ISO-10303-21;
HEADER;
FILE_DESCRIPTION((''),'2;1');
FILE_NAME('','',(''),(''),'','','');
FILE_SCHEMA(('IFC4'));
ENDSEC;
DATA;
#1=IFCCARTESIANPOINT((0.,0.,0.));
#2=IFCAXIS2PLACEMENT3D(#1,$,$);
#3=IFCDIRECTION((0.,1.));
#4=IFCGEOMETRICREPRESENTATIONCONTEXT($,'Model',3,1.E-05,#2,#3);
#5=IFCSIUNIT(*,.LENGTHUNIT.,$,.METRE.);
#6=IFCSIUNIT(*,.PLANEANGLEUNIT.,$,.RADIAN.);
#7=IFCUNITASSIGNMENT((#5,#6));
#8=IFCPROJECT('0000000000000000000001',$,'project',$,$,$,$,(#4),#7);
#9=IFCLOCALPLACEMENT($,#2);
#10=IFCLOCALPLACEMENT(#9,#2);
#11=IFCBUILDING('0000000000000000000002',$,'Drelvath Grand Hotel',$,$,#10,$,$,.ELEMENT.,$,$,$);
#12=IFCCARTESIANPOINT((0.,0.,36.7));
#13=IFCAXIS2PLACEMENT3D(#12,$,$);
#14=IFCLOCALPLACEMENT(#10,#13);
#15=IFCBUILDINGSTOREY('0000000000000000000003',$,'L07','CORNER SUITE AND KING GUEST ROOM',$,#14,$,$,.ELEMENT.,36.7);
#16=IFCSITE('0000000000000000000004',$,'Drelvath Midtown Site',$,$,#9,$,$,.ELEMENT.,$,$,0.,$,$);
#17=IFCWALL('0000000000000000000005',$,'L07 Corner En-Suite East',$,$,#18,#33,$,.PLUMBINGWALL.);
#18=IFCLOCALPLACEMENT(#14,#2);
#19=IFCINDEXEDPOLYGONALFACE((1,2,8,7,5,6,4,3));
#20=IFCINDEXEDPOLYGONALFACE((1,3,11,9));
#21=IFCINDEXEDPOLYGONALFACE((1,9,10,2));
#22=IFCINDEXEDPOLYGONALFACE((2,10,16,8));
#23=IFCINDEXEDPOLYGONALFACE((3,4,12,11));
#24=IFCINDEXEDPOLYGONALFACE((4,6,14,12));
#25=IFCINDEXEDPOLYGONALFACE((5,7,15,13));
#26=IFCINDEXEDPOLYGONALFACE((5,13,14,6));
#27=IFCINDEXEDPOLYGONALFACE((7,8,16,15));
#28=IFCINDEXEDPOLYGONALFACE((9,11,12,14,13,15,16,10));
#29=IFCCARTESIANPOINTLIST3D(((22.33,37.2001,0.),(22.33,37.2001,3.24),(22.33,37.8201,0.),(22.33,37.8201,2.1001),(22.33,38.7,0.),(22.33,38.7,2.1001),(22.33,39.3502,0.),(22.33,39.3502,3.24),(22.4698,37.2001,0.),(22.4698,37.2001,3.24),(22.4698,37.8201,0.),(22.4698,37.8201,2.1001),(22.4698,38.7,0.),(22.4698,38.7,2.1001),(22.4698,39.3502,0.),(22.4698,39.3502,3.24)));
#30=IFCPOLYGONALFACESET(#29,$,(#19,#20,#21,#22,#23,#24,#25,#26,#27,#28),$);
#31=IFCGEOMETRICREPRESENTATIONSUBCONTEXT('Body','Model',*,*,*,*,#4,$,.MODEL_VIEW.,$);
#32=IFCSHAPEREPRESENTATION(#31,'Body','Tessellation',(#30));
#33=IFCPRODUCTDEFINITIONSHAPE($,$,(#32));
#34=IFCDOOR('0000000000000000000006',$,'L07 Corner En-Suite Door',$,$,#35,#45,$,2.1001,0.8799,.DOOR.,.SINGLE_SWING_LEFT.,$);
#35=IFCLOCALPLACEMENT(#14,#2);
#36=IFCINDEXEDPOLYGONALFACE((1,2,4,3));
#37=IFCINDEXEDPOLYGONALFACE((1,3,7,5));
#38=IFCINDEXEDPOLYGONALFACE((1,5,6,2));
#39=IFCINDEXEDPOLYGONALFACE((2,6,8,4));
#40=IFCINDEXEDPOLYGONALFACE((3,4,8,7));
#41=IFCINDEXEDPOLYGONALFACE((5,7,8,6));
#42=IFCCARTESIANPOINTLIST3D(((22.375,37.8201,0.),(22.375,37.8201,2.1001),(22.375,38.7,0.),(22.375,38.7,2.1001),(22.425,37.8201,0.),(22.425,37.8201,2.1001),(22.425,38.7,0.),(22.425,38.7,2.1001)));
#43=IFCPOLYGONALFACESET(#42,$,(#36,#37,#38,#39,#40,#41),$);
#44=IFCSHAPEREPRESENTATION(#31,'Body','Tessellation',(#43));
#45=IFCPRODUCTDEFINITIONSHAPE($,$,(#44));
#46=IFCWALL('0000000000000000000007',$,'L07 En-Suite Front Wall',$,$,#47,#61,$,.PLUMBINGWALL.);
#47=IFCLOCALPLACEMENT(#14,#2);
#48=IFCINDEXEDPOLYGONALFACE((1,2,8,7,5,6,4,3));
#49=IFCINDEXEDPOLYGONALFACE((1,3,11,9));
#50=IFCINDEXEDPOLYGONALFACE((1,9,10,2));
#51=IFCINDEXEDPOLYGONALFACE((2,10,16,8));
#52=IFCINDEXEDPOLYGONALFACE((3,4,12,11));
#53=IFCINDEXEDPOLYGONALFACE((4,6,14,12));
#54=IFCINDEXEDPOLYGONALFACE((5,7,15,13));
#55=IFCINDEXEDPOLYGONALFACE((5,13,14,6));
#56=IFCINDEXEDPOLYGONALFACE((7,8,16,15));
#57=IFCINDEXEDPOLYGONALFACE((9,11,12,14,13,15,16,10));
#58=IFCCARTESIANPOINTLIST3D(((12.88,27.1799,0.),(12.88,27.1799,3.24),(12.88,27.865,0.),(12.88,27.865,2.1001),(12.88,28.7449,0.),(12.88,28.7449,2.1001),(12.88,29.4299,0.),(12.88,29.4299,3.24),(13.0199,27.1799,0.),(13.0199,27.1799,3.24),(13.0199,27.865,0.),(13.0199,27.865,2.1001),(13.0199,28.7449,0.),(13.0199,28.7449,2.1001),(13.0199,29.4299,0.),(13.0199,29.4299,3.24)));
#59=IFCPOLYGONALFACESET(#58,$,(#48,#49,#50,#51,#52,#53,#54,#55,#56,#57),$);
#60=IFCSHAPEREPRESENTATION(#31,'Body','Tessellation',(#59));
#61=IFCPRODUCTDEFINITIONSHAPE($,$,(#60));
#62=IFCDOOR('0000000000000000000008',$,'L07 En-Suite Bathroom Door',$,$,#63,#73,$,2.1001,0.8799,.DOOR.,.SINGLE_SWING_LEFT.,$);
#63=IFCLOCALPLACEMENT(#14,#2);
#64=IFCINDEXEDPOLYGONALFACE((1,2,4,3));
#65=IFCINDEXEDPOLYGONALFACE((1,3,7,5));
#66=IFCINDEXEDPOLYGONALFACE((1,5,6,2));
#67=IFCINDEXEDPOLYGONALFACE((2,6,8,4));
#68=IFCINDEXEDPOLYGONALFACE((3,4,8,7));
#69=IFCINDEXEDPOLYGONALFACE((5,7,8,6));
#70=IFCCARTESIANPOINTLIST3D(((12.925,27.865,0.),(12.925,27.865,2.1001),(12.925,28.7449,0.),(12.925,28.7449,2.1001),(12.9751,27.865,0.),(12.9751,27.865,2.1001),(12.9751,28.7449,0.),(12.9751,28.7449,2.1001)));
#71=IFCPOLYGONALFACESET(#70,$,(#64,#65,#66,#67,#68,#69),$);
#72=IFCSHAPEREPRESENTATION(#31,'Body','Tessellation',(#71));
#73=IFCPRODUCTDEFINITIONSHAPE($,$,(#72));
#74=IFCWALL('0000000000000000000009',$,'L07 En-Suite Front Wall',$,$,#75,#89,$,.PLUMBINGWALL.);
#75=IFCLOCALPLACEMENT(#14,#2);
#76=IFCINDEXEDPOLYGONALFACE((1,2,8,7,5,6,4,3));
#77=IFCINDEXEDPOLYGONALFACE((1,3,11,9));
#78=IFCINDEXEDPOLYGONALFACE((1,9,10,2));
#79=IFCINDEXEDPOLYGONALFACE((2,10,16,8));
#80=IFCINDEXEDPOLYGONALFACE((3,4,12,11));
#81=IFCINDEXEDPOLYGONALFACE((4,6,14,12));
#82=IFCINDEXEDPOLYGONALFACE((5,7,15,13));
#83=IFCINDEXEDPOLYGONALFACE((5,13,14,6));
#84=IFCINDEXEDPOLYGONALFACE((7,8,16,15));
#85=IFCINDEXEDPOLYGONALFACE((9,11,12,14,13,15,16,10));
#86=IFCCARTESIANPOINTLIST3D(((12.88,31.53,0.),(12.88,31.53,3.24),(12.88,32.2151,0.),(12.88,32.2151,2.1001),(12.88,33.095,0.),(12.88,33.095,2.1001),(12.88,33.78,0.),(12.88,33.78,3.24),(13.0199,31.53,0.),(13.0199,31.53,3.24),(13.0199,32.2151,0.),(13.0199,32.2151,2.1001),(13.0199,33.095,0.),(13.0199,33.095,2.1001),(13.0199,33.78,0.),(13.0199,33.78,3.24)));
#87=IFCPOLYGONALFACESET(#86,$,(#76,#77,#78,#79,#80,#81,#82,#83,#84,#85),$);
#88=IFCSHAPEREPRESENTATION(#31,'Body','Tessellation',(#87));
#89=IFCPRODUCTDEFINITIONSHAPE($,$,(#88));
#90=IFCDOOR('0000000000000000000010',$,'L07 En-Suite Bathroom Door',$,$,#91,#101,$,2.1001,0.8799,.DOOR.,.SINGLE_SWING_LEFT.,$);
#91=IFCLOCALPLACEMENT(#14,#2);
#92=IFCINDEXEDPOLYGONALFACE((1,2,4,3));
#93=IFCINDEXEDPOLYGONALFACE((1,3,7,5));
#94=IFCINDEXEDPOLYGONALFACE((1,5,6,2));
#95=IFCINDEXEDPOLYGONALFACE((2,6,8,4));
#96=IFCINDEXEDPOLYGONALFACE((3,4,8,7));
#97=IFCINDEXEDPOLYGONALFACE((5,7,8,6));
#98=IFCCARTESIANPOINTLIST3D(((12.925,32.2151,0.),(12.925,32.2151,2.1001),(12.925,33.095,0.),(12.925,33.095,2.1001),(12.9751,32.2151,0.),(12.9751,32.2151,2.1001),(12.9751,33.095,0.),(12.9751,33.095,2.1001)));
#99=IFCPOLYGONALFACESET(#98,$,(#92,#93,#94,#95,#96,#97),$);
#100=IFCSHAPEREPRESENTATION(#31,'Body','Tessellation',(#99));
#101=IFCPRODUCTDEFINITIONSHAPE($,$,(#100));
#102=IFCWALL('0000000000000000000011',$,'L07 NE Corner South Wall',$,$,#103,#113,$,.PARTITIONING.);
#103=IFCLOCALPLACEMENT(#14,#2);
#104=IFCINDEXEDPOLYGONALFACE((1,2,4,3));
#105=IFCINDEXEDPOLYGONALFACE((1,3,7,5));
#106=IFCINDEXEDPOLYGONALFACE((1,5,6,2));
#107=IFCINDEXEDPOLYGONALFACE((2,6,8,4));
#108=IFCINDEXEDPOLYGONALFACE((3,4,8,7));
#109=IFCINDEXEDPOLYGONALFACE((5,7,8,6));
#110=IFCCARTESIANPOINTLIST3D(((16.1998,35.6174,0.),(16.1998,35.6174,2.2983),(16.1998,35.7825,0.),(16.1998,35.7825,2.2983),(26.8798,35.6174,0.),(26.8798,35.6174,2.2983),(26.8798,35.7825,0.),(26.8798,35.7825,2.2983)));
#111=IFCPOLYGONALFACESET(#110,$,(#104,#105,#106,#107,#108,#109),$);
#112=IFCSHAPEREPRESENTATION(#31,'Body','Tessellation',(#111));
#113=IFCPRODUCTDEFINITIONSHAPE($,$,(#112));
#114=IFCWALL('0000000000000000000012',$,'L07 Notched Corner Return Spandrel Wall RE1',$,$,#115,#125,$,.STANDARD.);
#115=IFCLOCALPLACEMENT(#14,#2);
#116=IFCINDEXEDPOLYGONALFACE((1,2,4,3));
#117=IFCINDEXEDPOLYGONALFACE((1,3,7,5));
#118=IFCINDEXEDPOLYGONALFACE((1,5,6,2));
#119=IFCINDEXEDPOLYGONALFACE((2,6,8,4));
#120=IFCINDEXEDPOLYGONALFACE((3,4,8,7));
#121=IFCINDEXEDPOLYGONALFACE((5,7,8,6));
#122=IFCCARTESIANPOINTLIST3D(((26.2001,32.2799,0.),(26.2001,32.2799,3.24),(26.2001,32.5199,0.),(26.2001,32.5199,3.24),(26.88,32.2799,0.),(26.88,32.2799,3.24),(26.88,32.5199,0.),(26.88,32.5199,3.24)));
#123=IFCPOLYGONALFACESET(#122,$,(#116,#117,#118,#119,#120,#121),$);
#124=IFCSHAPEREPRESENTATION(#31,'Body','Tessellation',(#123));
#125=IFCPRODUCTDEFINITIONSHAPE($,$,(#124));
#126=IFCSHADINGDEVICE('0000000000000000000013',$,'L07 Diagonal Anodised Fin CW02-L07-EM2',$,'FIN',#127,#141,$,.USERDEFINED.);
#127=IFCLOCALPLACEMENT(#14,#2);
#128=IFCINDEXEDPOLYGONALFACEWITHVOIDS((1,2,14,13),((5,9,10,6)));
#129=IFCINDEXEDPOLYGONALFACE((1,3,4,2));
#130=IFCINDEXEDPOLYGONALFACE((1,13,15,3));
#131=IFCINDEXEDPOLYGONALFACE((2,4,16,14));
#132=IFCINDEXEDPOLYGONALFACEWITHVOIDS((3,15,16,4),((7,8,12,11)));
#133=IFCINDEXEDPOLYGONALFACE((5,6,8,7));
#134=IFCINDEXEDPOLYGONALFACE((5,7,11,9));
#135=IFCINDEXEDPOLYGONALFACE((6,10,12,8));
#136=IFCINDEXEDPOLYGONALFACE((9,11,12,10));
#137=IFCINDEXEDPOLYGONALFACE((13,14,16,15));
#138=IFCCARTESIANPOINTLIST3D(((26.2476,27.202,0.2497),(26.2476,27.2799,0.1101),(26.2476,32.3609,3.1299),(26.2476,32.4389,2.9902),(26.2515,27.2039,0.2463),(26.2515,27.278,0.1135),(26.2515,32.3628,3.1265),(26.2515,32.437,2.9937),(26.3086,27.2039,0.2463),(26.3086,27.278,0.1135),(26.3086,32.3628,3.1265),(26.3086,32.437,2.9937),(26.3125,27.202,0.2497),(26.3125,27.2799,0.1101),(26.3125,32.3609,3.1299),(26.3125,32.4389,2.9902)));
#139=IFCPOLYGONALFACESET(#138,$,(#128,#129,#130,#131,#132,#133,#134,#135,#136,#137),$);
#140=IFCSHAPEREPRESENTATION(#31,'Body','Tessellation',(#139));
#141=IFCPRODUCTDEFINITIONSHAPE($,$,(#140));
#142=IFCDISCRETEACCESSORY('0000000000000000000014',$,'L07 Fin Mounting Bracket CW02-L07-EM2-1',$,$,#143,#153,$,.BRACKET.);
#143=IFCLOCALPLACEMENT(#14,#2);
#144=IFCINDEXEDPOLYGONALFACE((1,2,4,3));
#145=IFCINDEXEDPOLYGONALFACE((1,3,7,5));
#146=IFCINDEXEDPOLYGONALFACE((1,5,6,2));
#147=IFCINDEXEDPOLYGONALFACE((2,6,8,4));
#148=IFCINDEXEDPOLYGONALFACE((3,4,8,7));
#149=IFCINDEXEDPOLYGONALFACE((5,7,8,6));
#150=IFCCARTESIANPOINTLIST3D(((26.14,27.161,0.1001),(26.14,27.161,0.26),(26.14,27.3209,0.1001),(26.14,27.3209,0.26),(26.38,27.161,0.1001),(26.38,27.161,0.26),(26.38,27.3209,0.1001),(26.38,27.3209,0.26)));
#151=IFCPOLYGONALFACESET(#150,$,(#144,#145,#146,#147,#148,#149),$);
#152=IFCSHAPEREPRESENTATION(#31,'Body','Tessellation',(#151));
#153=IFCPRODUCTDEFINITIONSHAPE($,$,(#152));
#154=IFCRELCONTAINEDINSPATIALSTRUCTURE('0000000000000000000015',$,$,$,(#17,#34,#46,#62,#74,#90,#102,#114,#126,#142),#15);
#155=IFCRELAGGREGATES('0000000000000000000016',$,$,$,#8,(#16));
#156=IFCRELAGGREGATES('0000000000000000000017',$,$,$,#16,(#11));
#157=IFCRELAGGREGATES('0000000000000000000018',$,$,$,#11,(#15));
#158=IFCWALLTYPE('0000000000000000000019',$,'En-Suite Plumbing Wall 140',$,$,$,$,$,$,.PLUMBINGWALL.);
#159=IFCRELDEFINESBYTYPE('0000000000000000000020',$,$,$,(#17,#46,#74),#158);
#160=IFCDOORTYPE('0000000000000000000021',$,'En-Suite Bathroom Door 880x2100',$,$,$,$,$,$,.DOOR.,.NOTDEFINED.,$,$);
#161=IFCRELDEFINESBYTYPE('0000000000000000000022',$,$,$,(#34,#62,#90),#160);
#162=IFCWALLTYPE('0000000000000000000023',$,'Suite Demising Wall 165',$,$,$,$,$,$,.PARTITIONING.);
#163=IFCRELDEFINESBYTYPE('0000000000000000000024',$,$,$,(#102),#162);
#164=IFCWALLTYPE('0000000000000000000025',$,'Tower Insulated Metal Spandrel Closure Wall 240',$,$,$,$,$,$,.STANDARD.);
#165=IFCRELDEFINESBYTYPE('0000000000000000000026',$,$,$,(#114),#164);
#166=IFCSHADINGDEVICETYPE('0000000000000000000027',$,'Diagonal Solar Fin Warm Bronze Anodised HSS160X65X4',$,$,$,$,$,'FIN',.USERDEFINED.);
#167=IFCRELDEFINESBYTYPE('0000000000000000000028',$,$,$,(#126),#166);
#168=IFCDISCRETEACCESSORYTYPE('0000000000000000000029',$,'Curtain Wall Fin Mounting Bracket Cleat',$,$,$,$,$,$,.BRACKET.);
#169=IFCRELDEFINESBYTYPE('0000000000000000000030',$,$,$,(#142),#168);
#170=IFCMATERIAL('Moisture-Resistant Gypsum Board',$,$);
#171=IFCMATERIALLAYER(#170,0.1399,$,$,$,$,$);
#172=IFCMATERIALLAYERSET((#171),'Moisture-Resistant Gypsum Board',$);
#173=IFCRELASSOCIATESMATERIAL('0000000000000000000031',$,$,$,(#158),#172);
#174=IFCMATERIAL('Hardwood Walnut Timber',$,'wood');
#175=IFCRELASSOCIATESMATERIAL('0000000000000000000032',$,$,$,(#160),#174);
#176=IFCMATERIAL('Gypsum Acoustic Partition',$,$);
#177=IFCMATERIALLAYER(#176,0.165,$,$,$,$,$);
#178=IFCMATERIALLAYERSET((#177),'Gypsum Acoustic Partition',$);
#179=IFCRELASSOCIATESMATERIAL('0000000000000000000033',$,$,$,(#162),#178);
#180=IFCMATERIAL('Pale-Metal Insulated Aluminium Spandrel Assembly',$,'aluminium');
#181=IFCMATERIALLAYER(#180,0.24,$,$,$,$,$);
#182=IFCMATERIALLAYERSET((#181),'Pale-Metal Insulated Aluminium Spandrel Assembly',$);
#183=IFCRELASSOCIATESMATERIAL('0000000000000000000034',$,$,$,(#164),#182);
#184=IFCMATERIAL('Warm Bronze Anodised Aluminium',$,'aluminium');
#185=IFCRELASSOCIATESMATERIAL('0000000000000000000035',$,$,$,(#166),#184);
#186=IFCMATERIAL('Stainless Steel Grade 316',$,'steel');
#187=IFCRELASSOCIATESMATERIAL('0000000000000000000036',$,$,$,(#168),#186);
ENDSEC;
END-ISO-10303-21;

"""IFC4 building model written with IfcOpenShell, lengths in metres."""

from ifc_helpers import new_model, si_unit, direction, frame, frame_2d, origin, origin_2d, place, context, subcontext, project, spatial, rectangle, hollow_rectangle, extrude, material, layer, layer_set, material_profile, profile_set, type_object, element, fill, save


model = new_model("IFC4")

# Units and contexts
model_context = context("Model", 3, precision=1e-05, world=origin(), true_north=direction((0.0, 1.0)))
body_context = subcontext(model_context, "Body", "Model", "MODEL_VIEW")
ifc_project = project(units=[si_unit("LENGTHUNIT", "METRE"), si_unit("PLANEANGLEUNIT", "RADIAN")], contexts=[model_context])

# Site, building, storey
site_placement = place(None, origin())
site = spatial("IfcSite", under=ifc_project, at=site_placement, Name="Drelvath Midtown Site", CompositionType="ELEMENT", RefElevation=0.0)
building_placement = place(site_placement, origin())
building = spatial("IfcBuilding", under=site, at=building_placement, Name="Drelvath Grand Hotel", CompositionType="ELEMENT")
storey_placement = place(building_placement, frame((0.0, 0.0, 36.7)))
storey = spatial("IfcBuildingStorey", under=building, at=storey_placement, Name="L07", Description="CORNER SUITE AND KING GUEST ROOM", CompositionType="ELEMENT", Elevation=36.7)

# Shared definitions
ifc_material_1 = material(Name="Hardwood Walnut Timber", Category="wood")

# Shared definitions
ifc_material_2 = material(Name="Moisture-Resistant Gypsum Board")
ifc_layer_1 = layer(ifc_material_2, 0.1399)
ifc_layer_set_1 = layer_set([ifc_layer_1], Name="Moisture-Resistant Gypsum Board")
wall_type_1 = type_object("IfcWallType", Name="En-Suite Plumbing Wall 140", PredefinedType="PLUMBINGWALL", material=ifc_layer_set_1)

# Walls, openings, doors
wall_1_placement = place(storey_placement, frame((22.3999, 37.2, 0.0), z_axis=(0.0, 0.0, 1.0), x_axis=(0.0, 1.0, 0.0)))
wall_1 = element("IfcWall", 1, at=wall_1_placement, inside=storey, type_object=wall_type_1, Name="L07 Corner En-Suite East", PredefinedType="PLUMBINGWALL", context=body_context, shape_type="SweptSolid", body=[
    extrude(rectangle(XDim=2.1501, YDim=0.1399, at=frame_2d((1.0752, 0.0))), origin(), (0.0, 0.0, 1.0), 3.24),
])
opening_1_placement = place(wall_1_placement, frame((0.6201, 0.0, 0.0)))
opening_1 = element("IfcOpeningElement", 2, at=opening_1_placement, cuts=wall_1, PredefinedType="OPENING", context=body_context, shape_type="SweptSolid", body=[
    extrude(rectangle(XDim=0.8799, YDim=2.1001, at=frame_2d((0.4399, 1.05))), frame((0.0, 0.0798, 0.0), z_axis=(0.0, -1.0, 0.0), x_axis=(1.0, 0.0, 0.0)), (0.0, 0.0, 1.0), 0.1599),
])
door_type_1 = type_object("IfcDoorType", Name="En-Suite Bathroom Door 880x2100", OperationType="NOTDEFINED", PredefinedType="DOOR", material=ifc_material_1)
door_1_placement = place(opening_1_placement, origin())
door_1 = element("IfcDoor", 3, at=door_1_placement, inside=storey, type_object=door_type_1, Name="L07 Corner En-Suite Door", OperationType="SINGLE_SWING_LEFT", OverallHeight=2.1001, OverallWidth=0.8799, PredefinedType="DOOR", context=body_context, shape_type="SweptSolid", body=[
    extrude(rectangle(XDim=0.8799, YDim=2.1001, at=frame_2d((0.4399, 1.05))), frame((0.0, 0.0249, 0.0), z_axis=(0.0, -1.0, 0.0), x_axis=(1.0, 0.0, 0.0)), (0.0, 0.0, 1.0), 0.05),
])
fill(opening_1, door_1)
wall_2_placement = place(storey_placement, frame((12.95, 27.1799, 0.0), z_axis=(0.0, 0.0, 1.0), x_axis=(0.0, 1.0, 0.0)))
wall_2 = element("IfcWall", 4, at=wall_2_placement, inside=storey, type_object=wall_type_1, Name="L07 En-Suite Front Wall", PredefinedType="PLUMBINGWALL", context=body_context, shape_type="SweptSolid", body=[
    extrude(rectangle(XDim=2.25, YDim=0.1399, at=frame_2d((1.125, 0.0))), origin(), (0.0, 0.0, 1.0), 3.24),
])
opening_2_placement = place(wall_2_placement, frame((0.6851, 0.0, 0.0)))
opening_2 = element("IfcOpeningElement", 5, at=opening_2_placement, cuts=wall_2, PredefinedType="OPENING", context=body_context, shape_type="SweptSolid", body=[
    extrude(rectangle(XDim=0.8799, YDim=2.1001, at=frame_2d((0.4399, 1.05))), frame((0.0, 0.0798, 0.0), z_axis=(0.0, -1.0, 0.0), x_axis=(1.0, 0.0, 0.0)), (0.0, 0.0, 1.0), 0.1599),
])
door_2_placement = place(opening_2_placement, origin())
door_2 = element("IfcDoor", 6, at=door_2_placement, inside=storey, type_object=door_type_1, Name="L07 En-Suite Bathroom Door", OperationType="SINGLE_SWING_LEFT", OverallHeight=2.1001, OverallWidth=0.8799, PredefinedType="DOOR", context=body_context, shape_type="SweptSolid", body=[
    extrude(rectangle(XDim=0.8799, YDim=2.1001, at=frame_2d((0.4399, 1.05))), frame((0.0, 0.0249, 0.0), z_axis=(0.0, -1.0, 0.0), x_axis=(1.0, 0.0, 0.0)), (0.0, 0.0, 1.0), 0.05),
])
fill(opening_2, door_2)
wall_3_placement = place(storey_placement, frame((12.95, 31.53, 0.0), z_axis=(0.0, 0.0, 1.0), x_axis=(0.0, 1.0, 0.0)))
wall_3 = element("IfcWall", 7, at=wall_3_placement, inside=storey, type_object=wall_type_1, Name="L07 En-Suite Front Wall", PredefinedType="PLUMBINGWALL", context=body_context, shape_type="SweptSolid", body=[
    extrude(rectangle(XDim=2.25, YDim=0.1399, at=frame_2d((1.125, 0.0))), origin(), (0.0, 0.0, 1.0), 3.24),
])
opening_3_placement = place(wall_3_placement, frame((0.6851, 0.0, 0.0)))
opening_3 = element("IfcOpeningElement", 8, at=opening_3_placement, cuts=wall_3, PredefinedType="OPENING", context=body_context, shape_type="SweptSolid", body=[
    extrude(rectangle(XDim=0.8799, YDim=2.1001, at=frame_2d((0.4399, 1.05))), frame((0.0, 0.0798, 0.0), z_axis=(0.0, -1.0, 0.0), x_axis=(1.0, 0.0, 0.0)), (0.0, 0.0, 1.0), 0.1599),
])
door_3_placement = place(opening_3_placement, origin())
door_3 = element("IfcDoor", 9, at=door_3_placement, inside=storey, type_object=door_type_1, Name="L07 En-Suite Bathroom Door", OperationType="SINGLE_SWING_LEFT", OverallHeight=2.1001, OverallWidth=0.8799, PredefinedType="DOOR", context=body_context, shape_type="SweptSolid", body=[
    extrude(rectangle(XDim=0.8799, YDim=2.1001, at=frame_2d((0.4399, 1.05))), frame((0.0, 0.0249, 0.0), z_axis=(0.0, -1.0, 0.0), x_axis=(1.0, 0.0, 0.0)), (0.0, 0.0, 1.0), 0.05),
])
fill(opening_3, door_3)

# Walls
ifc_material_3 = material(Name="Gypsum Acoustic Partition")
ifc_layer_2 = layer(ifc_material_3, 0.165)
ifc_layer_set_2 = layer_set([ifc_layer_2], Name="Gypsum Acoustic Partition")
wall_type_2 = type_object("IfcWallType", Name="Suite Demising Wall 165", PredefinedType="PARTITIONING", material=ifc_layer_set_2)
wall_4_placement = place(storey_placement, frame((16.2, 35.7, 0.0), z_axis=(0.0, 0.0, 1.0), x_axis=(1.0, 0.0, 0.0)))
element("IfcWall", 10, at=wall_4_placement, inside=storey, type_object=wall_type_2, Name="L07 NE Corner South Wall", PredefinedType="PARTITIONING", context=body_context, shape_type="SweptSolid", body=[
    extrude(rectangle(XDim=10.6799, YDim=0.165, at=frame_2d((5.3398, 0.0))), origin(), (0.0, 0.0, 1.0), 2.2983),
])
ifc_material_4 = material(Name="Pale-Metal Insulated Aluminium Spandrel Assembly", Category="aluminium")
ifc_layer_3 = layer(ifc_material_4, 0.24)
ifc_layer_set_3 = layer_set([ifc_layer_3], Name="Pale-Metal Insulated Aluminium Spandrel Assembly")
wall_type_3 = type_object("IfcWallType", Name="Tower Insulated Metal Spandrel Closure Wall 240", PredefinedType="STANDARD", material=ifc_layer_set_3)
wall_5_placement = place(storey_placement, frame((26.8799, 32.3999, 0.0), z_axis=(0.0, 0.0, 1.0), x_axis=(-1.0, 0.0, 0.0)))
element("IfcWall", 11, at=wall_5_placement, inside=storey, type_object=wall_type_3, Name="L07 Notched Corner Return Spandrel Wall RE1", PredefinedType="STANDARD", context=body_context, shape_type="SweptSolid", body=[
    extrude(rectangle(XDim=0.6799, YDim=0.24, at=frame_2d((0.3398, 0.0))), origin(), (0.0, 0.0, 1.0), 3.24),
])

# Shading device
ifc_material_5 = material(Name="Warm Bronze Anodised Aluminium", Category="aluminium")
ifc_material_profile_1 = material_profile(ifc_material_5, hollow_rectangle(XDim=0.0649, YDim=0.1599, WallThickness=0.0039, at=origin_2d()), Name="HSS160X65X4")
ifc_profile_set_1 = profile_set([ifc_material_profile_1], Name="Warm Bronze Anodised Aluminium")
shading_device_type = type_object("IfcShadingDeviceType", Name="Diagonal Solar Fin Warm Bronze Anodised HSS160X65X4", ElementType="FIN", PredefinedType="USERDEFINED", material=ifc_profile_set_1)
shading_device_placement = place(storey_placement, frame((26.28, 27.241, 0.1799), z_axis=(0.0, 0.873146, 0.487459), x_axis=(-1.0, 0.0, 0.0)))
element("IfcShadingDevice", 12, at=shading_device_placement, inside=storey, type_object=shading_device_type, Name="L07 Diagonal Anodised Fin CW02-L07-EM2", ObjectType="FIN", PredefinedType="USERDEFINED", context=body_context, shape_type="SweptSolid", body=[
    extrude(hollow_rectangle(XDim=0.0649, YDim=0.1599, WallThickness=0.0039, at=origin_2d()), origin(), (0.0, 0.0, 1.0), 5.9084),
])

# Discrete accessory
ifc_material_6 = material(Name="Stainless Steel Grade 316", Category="steel")
discrete_accessory_type = type_object("IfcDiscreteAccessoryType", Name="Curtain Wall Fin Mounting Bracket Cleat", PredefinedType="BRACKET", material=ifc_material_6)
discrete_accessory_placement = place(storey_placement, frame((26.26, 27.241, 0.1001), z_axis=(0.0, 0.0, 1.0), x_axis=(0.0, -1.0, 0.0)))
element("IfcDiscreteAccessory", 13, at=discrete_accessory_placement, inside=storey, type_object=discrete_accessory_type, Name="L07 Fin Mounting Bracket CW02-L07-EM2-1", PredefinedType="BRACKET", context=body_context, shape_type="SweptSolid", body=[
    extrude(rectangle(XDim=0.1599, YDim=0.24, at=origin_2d()), origin(), (0.0, 0.0, 1.0), 0.1599),
])

save(model, "model.ifc")
